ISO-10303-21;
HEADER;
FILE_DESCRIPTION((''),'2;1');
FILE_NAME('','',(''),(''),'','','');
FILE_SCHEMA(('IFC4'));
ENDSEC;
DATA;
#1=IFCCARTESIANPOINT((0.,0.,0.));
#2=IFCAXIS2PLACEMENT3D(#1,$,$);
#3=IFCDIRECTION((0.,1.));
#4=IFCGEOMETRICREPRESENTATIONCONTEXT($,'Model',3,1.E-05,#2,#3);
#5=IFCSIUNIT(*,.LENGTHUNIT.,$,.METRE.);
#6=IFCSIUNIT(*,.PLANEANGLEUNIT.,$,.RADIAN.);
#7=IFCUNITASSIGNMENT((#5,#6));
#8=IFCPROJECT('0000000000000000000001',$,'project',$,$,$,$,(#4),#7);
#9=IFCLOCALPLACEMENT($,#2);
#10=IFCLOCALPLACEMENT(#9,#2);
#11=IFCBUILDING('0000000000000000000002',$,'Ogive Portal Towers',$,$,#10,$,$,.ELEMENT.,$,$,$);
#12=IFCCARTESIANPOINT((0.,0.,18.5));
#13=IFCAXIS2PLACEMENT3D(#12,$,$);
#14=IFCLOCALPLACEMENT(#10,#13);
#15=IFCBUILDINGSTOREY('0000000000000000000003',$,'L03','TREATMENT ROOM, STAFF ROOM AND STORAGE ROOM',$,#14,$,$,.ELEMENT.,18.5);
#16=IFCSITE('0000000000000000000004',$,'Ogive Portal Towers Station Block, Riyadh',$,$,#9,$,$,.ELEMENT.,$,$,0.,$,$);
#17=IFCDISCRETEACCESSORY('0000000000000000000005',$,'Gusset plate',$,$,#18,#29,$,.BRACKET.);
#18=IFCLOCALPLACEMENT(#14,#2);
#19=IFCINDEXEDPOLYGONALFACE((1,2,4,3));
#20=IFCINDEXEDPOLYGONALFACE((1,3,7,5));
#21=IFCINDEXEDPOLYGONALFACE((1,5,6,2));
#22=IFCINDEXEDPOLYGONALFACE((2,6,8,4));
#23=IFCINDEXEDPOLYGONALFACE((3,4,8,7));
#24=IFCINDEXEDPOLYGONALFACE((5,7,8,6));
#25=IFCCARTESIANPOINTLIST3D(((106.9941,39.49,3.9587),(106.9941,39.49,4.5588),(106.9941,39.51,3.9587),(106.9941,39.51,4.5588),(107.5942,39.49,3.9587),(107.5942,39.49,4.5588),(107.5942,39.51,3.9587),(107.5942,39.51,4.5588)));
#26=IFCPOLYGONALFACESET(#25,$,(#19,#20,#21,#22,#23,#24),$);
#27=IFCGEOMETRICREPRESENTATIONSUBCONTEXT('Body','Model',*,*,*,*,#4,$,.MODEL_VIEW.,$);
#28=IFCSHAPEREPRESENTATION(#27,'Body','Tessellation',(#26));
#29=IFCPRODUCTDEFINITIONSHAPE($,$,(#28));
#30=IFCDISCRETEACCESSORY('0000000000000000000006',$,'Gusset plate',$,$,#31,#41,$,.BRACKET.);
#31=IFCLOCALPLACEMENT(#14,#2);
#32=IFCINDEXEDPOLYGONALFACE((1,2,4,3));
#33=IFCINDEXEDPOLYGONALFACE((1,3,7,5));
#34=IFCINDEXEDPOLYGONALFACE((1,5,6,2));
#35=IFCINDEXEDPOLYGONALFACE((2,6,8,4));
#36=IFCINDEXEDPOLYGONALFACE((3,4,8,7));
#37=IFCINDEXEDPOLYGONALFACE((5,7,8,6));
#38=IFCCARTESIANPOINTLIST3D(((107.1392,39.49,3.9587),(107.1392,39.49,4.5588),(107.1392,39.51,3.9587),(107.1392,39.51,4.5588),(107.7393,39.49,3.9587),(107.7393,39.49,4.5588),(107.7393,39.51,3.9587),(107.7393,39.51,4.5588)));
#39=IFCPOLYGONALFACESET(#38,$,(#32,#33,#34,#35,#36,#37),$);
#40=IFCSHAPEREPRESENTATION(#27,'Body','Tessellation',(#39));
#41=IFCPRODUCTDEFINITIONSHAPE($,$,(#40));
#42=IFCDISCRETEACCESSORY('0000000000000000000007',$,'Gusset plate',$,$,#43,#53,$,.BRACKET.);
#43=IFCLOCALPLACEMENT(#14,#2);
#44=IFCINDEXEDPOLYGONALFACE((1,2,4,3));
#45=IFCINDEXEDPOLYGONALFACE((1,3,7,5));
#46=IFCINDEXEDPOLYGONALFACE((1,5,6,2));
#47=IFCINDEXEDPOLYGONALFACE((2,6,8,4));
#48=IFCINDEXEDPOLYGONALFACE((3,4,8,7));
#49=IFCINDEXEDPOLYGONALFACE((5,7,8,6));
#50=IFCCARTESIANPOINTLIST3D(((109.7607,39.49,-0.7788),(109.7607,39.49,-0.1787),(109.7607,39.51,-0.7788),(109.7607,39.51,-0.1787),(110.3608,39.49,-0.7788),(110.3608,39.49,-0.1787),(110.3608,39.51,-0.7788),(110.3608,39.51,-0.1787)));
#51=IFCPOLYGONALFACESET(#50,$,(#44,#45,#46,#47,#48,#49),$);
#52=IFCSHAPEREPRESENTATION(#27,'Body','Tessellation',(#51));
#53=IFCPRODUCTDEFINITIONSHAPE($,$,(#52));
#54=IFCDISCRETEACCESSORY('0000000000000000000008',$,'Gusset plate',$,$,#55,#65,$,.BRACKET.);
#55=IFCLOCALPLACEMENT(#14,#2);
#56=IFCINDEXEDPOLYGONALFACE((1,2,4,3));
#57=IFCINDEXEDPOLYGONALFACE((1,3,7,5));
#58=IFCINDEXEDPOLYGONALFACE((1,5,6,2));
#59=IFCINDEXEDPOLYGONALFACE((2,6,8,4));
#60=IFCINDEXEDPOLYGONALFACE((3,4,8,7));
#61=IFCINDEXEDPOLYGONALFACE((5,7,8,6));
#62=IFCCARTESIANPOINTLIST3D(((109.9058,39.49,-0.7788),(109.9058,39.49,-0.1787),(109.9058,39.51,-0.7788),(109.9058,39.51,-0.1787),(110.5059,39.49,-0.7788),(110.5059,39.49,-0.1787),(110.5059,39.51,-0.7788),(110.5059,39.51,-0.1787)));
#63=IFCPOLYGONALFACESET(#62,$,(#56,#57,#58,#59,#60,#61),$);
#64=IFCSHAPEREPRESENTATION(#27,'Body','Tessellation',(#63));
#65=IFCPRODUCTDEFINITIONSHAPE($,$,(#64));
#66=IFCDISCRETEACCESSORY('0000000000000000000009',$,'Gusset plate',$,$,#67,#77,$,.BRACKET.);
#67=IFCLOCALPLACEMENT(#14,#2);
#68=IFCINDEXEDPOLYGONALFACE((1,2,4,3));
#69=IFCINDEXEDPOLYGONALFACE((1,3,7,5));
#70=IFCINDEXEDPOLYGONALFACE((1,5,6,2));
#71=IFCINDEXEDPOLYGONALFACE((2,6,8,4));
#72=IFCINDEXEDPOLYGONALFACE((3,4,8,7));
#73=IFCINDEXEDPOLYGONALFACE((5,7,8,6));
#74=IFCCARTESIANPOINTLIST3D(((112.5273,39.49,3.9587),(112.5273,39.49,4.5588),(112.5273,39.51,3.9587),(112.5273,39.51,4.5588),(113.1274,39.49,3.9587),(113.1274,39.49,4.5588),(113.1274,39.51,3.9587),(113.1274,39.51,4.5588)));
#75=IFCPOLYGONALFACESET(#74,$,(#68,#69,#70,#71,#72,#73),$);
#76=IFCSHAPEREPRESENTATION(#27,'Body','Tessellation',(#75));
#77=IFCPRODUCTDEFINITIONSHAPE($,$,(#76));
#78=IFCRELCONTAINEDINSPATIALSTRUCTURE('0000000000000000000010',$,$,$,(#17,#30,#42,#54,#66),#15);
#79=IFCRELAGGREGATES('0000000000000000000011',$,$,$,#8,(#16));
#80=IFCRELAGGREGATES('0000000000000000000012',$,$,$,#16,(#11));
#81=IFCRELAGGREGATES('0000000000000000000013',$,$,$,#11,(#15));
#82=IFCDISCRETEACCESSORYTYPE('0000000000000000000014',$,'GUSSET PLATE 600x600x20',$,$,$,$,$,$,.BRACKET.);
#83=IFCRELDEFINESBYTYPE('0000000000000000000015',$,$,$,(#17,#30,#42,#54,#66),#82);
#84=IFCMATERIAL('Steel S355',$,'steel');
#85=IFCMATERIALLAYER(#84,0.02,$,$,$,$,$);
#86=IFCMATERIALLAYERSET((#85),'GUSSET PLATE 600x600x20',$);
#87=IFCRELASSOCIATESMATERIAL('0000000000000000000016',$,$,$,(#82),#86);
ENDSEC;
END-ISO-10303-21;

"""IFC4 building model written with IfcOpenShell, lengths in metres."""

from ifc_helpers import new_model, si_unit, direction, frame, origin, origin_2d, place, context, subcontext, project, spatial, rectangle, extrude, material, layer, layer_set, type_object, element, save


model = new_model("IFC4")

# Units and contexts
model_context = context("Model", 3, precision=1e-05, world=origin(), true_north=direction((0.0, 1.0)))
body_context = subcontext(model_context, "Body", "Model", "MODEL_VIEW")
ifc_project = project(units=[si_unit("LENGTHUNIT", "METRE"), si_unit("PLANEANGLEUNIT", "RADIAN")], contexts=[model_context])

# Site, building, storey
site_placement = place(None, origin())
site = spatial("IfcSite", under=ifc_project, at=site_placement, Name="Ogive Portal Towers Station Block, Riyadh", CompositionType="ELEMENT", RefElevation=0.0)
building_placement = place(site_placement, origin())
building = spatial("IfcBuilding", under=site, at=building_placement, Name="Ogive Portal Towers", CompositionType="ELEMENT")
storey_placement = place(building_placement, frame((0.0, 0.0, 18.5)))
storey = spatial("IfcBuildingStorey", under=building, at=storey_placement, Name="L03", Description="TREATMENT ROOM, STAFF ROOM AND STORAGE ROOM", CompositionType="ELEMENT", Elevation=18.5)

# Shared definitions
ifc_material_1 = material(Name="Steel S355", Category="steel")

# Discrete accessories
ifc_layer_1 = layer(ifc_material_1, 0.02)
ifc_layer_set_1 = layer_set([ifc_layer_1], Name="GUSSET PLATE 600x600x20")
discrete_accessory_type = type_object("IfcDiscreteAccessoryType", Name="GUSSET PLATE 600x600x20", PredefinedType="BRACKET", material=ifc_layer_set_1)
for number, where, z_axis, x_axis, name in (
    (1, (107.2942, 39.5, 3.9587), (0.0, 0.0, 1.0), (1.0, 0.0, 0.0), "Gusset plate"),
    (2, (107.4392, 39.5, 3.9587), (0.0, 0.0, 1.0), (1.0, 0.0, 0.0), "Gusset plate"),
    (3, (110.0608, 39.5, -0.7788), (0.0, 0.0, 1.0), (1.0, 0.0, 0.0), "Gusset plate"),
    (4, (110.2058, 39.5, -0.7788), (0.0, 0.0, 1.0), (1.0, 0.0, 0.0), "Gusset plate"),
    (5, (112.8274, 39.5, 3.9587), (0.0, 0.0, 1.0), (1.0, 0.0, 0.0), "Gusset plate"),
):
    element("IfcDiscreteAccessory", number, at=place(storey_placement, frame(where, z_axis=z_axis, x_axis=x_axis)), inside=storey, type_object=discrete_accessory_type, Name=name, PredefinedType="BRACKET", context=body_context, shape_type="SweptSolid", body=[
        extrude(rectangle(XDim=0.6001, YDim=0.02, at=origin_2d()), origin(), (0.0, 0.0, 1.0), 0.6001),
    ])

save(model, "model.ifc")
